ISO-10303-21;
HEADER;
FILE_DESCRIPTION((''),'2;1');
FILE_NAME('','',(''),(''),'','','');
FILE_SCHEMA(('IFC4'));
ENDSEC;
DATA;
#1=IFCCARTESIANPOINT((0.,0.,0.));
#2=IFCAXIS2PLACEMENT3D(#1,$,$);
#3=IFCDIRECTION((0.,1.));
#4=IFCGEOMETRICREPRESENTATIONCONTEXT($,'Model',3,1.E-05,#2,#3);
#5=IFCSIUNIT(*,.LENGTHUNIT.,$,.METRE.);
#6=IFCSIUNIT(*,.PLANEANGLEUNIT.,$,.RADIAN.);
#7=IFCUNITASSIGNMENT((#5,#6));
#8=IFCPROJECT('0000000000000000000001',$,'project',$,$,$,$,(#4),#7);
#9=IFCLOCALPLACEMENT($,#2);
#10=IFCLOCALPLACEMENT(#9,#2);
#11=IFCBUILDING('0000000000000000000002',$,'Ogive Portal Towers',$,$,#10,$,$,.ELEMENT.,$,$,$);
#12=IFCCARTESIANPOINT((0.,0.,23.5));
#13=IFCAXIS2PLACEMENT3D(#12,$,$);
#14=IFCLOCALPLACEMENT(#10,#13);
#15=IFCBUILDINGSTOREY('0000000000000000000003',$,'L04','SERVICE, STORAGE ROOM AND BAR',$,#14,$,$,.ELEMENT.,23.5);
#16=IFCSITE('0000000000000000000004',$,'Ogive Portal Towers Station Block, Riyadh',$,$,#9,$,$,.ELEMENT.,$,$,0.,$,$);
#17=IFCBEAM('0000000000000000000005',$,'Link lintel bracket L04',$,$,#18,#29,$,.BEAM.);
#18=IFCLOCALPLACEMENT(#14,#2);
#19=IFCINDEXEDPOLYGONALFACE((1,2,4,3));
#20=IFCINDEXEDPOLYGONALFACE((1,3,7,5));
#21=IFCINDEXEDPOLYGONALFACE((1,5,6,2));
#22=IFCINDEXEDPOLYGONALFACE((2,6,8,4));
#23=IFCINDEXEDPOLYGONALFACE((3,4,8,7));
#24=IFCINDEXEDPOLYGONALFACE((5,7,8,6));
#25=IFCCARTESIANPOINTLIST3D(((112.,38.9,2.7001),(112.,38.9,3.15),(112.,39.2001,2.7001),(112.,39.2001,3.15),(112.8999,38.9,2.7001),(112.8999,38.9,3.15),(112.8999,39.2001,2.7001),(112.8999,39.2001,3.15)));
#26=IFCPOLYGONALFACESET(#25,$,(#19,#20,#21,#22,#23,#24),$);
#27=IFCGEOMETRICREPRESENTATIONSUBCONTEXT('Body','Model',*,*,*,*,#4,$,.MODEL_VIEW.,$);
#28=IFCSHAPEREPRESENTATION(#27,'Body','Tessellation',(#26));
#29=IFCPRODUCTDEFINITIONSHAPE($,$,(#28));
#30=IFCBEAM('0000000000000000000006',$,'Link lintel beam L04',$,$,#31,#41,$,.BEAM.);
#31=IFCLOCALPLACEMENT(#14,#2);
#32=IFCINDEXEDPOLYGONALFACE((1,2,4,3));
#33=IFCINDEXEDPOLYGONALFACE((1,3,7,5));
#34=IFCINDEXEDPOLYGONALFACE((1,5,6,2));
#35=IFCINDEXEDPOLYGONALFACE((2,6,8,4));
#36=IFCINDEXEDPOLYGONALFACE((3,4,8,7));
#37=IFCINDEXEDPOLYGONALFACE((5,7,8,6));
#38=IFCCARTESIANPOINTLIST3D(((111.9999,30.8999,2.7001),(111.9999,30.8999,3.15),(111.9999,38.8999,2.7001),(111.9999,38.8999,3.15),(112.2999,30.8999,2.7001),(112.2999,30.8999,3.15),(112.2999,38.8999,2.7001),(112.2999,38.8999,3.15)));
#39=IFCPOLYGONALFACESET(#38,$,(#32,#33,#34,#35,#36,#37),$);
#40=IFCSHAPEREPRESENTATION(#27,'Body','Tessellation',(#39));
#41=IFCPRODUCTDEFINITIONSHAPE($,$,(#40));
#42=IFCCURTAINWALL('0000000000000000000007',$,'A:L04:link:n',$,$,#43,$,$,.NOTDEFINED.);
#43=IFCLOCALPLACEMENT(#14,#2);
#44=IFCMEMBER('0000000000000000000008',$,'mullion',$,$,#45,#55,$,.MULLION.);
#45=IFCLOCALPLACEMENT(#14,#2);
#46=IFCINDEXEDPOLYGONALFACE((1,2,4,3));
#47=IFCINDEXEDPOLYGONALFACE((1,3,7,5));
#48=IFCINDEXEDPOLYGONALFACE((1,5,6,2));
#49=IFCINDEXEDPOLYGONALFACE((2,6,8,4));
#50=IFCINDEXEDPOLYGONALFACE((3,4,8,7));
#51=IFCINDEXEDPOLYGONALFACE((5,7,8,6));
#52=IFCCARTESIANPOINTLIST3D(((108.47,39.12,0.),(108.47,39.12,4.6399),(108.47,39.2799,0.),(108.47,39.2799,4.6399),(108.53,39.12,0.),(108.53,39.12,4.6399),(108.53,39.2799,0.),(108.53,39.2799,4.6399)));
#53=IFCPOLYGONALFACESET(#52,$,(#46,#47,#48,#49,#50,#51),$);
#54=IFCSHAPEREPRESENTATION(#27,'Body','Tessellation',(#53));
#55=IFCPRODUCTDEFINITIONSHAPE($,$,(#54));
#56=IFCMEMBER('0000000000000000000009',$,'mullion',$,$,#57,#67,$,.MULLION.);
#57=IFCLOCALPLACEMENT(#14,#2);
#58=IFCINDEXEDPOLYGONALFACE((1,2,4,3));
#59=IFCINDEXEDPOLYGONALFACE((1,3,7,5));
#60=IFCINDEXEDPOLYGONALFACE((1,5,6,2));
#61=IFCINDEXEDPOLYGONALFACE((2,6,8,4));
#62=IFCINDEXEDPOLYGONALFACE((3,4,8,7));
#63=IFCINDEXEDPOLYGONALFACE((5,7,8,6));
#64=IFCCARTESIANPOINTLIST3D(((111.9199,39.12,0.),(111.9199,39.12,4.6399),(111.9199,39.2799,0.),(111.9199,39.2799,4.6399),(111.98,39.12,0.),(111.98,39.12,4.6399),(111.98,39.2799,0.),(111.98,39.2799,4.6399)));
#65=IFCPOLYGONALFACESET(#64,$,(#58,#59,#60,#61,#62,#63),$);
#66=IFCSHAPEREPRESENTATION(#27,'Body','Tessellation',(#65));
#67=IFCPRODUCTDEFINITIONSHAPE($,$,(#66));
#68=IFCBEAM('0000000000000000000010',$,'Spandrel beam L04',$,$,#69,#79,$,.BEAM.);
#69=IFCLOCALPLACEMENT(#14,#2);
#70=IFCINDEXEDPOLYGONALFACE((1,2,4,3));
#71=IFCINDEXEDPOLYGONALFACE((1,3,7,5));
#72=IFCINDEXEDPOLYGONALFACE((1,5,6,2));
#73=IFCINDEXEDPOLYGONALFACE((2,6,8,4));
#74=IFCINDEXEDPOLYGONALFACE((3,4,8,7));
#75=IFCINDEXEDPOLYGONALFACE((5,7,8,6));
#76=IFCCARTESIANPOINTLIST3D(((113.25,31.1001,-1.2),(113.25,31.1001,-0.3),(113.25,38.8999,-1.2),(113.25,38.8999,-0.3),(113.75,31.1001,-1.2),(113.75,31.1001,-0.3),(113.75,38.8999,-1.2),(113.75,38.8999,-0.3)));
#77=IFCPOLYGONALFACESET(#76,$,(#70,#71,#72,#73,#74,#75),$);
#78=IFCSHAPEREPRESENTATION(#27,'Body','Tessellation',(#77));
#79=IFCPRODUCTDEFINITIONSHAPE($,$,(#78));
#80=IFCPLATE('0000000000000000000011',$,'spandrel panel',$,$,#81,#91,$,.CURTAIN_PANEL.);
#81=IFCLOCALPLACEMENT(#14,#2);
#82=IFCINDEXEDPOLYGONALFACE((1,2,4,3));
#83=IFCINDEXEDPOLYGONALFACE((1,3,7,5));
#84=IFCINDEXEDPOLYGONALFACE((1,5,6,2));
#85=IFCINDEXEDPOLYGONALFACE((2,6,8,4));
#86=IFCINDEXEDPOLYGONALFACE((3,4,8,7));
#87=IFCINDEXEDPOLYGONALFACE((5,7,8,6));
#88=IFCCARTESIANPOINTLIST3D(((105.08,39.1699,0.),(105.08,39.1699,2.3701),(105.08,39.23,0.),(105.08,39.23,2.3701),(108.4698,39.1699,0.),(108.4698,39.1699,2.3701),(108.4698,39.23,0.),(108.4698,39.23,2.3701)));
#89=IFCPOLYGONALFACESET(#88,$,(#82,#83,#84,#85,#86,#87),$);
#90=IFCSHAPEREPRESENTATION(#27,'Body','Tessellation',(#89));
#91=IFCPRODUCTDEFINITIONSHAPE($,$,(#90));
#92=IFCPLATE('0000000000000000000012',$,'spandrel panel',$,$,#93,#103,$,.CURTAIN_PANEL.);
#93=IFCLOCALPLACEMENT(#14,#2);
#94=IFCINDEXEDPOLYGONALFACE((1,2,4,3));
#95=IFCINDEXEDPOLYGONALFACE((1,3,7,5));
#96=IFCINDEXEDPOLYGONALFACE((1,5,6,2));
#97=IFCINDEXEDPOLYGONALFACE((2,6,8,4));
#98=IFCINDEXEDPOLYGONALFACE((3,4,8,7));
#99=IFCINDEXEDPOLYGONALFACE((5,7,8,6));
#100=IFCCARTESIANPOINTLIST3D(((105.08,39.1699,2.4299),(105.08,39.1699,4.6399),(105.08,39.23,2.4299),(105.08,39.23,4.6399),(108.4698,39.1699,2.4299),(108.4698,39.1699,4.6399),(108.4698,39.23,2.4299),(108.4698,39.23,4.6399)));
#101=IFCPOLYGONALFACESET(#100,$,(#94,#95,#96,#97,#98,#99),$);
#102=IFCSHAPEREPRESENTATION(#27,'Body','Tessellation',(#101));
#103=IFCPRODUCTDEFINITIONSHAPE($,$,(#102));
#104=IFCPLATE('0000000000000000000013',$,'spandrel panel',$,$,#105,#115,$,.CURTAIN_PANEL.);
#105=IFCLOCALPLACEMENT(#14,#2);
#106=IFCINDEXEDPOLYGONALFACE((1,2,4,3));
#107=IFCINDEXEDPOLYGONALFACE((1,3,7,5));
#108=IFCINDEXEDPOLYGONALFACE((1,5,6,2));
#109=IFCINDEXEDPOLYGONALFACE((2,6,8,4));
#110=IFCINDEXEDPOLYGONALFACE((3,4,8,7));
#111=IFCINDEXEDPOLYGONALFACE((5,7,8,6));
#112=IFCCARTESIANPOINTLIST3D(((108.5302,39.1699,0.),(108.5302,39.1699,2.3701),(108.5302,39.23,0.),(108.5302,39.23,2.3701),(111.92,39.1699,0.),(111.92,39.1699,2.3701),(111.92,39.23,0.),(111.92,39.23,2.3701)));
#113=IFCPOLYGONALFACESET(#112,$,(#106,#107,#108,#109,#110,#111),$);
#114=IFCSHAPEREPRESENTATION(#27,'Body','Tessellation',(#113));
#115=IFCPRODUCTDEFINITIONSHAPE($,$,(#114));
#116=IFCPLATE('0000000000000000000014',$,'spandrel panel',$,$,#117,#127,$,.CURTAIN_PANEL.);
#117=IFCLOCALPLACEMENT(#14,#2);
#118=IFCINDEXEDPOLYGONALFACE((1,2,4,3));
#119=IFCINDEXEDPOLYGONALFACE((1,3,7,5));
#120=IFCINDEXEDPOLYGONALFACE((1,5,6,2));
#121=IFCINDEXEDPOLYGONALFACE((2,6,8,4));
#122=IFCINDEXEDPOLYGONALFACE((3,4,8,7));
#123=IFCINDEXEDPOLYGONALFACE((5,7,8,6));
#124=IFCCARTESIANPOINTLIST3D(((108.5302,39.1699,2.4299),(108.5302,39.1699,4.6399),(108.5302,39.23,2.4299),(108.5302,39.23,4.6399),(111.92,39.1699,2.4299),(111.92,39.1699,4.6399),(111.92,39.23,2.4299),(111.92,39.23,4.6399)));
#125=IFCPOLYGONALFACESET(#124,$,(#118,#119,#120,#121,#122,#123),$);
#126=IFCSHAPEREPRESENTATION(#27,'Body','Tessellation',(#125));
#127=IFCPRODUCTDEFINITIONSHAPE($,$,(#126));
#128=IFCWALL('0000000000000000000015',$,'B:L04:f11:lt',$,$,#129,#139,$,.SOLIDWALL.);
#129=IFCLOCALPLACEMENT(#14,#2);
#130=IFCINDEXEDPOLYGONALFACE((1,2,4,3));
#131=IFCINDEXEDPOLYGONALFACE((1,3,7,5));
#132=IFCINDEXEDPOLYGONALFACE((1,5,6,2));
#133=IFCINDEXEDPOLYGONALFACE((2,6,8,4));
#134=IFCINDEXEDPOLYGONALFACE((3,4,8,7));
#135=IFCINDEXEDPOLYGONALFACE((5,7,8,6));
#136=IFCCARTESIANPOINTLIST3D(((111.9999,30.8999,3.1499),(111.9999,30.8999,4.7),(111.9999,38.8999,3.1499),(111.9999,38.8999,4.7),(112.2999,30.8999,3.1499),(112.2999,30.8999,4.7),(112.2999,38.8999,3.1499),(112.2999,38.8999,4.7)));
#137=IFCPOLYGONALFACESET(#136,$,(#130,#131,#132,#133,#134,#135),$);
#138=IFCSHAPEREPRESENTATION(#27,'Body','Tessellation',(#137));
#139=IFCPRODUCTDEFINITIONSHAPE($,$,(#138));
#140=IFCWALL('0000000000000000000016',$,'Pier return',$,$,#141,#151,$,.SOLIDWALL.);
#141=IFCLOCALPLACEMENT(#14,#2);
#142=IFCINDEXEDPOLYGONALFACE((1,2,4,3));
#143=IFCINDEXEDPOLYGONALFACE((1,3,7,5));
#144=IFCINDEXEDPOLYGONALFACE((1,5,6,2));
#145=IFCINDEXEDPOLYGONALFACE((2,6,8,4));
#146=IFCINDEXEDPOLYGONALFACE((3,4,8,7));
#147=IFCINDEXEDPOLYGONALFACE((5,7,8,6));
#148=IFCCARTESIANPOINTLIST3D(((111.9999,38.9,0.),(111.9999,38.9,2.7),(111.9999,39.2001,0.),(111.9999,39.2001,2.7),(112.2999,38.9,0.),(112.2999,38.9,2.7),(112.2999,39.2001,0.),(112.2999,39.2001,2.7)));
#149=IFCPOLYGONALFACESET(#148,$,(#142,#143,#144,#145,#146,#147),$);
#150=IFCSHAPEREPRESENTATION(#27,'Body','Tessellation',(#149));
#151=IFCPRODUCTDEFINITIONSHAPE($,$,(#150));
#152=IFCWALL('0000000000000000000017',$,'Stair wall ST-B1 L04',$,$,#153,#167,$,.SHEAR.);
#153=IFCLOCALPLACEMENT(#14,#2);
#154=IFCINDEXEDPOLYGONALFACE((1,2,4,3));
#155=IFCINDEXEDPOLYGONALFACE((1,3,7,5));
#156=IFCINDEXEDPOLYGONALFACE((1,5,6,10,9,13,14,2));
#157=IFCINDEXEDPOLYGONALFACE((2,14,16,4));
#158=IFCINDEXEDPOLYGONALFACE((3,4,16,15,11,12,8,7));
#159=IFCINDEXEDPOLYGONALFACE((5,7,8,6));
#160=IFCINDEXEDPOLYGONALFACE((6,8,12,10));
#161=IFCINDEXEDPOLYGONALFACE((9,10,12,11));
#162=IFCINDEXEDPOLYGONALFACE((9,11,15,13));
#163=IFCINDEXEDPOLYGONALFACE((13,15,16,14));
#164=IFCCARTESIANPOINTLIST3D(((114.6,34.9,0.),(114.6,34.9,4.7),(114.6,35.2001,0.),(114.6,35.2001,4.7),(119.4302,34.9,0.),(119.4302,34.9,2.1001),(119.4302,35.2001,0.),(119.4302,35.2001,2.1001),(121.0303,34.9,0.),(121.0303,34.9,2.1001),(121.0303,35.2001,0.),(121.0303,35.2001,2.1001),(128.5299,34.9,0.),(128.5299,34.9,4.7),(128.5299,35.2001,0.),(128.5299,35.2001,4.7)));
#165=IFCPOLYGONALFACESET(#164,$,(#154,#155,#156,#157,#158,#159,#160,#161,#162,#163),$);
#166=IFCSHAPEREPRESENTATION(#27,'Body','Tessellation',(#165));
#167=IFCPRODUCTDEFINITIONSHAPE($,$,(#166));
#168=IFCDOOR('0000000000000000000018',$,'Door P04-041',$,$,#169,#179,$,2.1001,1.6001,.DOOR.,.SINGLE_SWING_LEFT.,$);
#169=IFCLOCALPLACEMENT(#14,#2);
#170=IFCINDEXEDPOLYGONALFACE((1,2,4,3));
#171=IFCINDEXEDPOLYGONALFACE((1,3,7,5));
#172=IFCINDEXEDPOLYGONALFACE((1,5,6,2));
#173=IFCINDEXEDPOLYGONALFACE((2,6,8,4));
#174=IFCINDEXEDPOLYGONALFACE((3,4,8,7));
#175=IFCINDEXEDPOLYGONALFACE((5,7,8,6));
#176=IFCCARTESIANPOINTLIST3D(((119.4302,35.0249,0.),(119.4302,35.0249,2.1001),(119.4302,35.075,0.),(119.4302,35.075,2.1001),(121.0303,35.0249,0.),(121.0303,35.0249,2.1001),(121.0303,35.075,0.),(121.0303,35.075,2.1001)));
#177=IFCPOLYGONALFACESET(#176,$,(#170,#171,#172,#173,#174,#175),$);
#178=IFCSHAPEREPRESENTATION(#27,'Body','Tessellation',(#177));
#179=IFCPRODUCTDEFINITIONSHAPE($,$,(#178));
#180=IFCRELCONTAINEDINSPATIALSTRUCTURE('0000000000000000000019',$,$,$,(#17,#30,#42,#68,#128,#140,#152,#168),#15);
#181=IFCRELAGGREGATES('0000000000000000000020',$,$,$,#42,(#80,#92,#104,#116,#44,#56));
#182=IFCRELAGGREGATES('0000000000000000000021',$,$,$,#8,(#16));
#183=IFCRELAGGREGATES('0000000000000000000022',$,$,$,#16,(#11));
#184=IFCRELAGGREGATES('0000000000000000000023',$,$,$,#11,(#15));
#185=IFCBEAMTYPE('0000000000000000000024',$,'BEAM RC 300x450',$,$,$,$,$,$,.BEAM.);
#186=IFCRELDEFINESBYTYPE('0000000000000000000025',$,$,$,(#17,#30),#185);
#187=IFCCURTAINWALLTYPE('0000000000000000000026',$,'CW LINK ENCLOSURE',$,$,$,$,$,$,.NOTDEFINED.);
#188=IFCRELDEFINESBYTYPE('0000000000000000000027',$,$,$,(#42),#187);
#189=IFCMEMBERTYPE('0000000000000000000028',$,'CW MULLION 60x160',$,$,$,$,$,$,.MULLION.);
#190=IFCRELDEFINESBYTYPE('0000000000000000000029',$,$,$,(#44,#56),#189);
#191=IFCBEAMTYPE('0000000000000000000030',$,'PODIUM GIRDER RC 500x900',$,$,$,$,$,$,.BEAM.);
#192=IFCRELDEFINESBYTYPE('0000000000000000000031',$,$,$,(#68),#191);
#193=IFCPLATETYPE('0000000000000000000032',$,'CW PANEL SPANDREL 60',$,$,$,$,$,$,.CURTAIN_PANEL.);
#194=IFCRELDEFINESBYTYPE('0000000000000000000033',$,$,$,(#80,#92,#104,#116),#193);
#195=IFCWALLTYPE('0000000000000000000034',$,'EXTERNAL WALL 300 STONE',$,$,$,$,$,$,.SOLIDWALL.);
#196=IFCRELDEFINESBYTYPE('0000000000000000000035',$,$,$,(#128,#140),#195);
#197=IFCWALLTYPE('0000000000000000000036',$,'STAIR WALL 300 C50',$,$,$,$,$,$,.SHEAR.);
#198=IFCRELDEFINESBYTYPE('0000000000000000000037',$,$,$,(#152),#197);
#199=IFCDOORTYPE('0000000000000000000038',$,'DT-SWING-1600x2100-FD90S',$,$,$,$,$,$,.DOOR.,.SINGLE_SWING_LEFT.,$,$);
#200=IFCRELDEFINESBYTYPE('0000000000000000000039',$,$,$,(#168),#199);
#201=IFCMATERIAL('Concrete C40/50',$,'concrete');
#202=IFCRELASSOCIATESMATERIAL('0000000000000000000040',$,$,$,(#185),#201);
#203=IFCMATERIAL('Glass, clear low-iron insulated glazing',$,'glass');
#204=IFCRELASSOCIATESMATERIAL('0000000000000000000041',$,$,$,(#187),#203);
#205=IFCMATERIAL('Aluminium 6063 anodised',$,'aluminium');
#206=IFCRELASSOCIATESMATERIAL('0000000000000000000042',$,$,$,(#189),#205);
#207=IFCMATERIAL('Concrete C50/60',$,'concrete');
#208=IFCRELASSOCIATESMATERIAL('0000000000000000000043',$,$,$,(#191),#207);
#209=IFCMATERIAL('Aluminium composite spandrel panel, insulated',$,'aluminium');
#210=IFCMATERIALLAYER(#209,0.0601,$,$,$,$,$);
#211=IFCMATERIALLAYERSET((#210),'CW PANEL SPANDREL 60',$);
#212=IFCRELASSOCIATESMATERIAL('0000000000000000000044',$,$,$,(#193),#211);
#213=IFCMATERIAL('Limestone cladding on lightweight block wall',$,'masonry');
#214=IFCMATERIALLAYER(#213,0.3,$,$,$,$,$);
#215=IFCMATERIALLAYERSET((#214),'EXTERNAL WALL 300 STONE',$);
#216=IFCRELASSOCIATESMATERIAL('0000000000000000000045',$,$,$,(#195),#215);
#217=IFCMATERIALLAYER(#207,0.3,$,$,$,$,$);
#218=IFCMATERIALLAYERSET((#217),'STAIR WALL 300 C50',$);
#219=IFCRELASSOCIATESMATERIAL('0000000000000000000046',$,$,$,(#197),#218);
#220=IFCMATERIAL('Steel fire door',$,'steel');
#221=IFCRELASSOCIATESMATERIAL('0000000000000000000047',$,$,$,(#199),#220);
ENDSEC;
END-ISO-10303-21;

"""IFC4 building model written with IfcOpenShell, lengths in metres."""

from ifc_helpers import new_model, si_unit, direction, frame, frame_2d, origin, origin_2d, place, context, subcontext, project, spatial, rectangle, extrude, material, layer, layer_set, material_profile, profile_set, type_object, element, fill, aggregate, save


model = new_model("IFC4")

# Units and contexts
model_context = context("Model", 3, precision=1e-05, world=origin(), true_north=direction((0.0, 1.0)))
body_context = subcontext(model_context, "Body", "Model", "MODEL_VIEW")
ifc_project = project(units=[si_unit("LENGTHUNIT", "METRE"), si_unit("PLANEANGLEUNIT", "RADIAN")], contexts=[model_context])

# Site, building, storey
site_placement = place(None, origin())
site = spatial("IfcSite", under=ifc_project, at=site_placement, Name="Ogive Portal Towers Station Block, Riyadh", CompositionType="ELEMENT", RefElevation=0.0)
building_placement = place(site_placement, origin())
building = spatial("IfcBuilding", under=site, at=building_placement, Name="Ogive Portal Towers", CompositionType="ELEMENT")
storey_placement = place(building_placement, frame((0.0, 0.0, 23.5)))
storey = spatial("IfcBuildingStorey", under=building, at=storey_placement, Name="L04", Description="SERVICE, STORAGE ROOM AND BAR", CompositionType="ELEMENT", Elevation=23.5)

# Beams
ifc_material_1 = material(Name="Concrete C40/50", Category="concrete")
ifc_material_profile_1 = material_profile(ifc_material_1, rectangle(XDim=0.3, YDim=0.45, at=origin_2d()), Name="RC 300x450")
ifc_profile_set_1 = profile_set([ifc_material_profile_1], Name="Concrete C40/50")
beam_type_1 = type_object("IfcBeamType", Name="BEAM RC 300x450", PredefinedType="BEAM", material=ifc_profile_set_1)
beam_1_placement = place(storey_placement, frame((112.8999, 39.05, 2.925), z_axis=(-1.0, 0.0, 0.0), x_axis=(0.0, -1.0, 0.0)))
element("IfcBeam", 1, at=beam_1_placement, inside=storey, type_object=beam_type_1, Name="Link lintel bracket L04", PredefinedType="BEAM", context=body_context, shape_type="SweptSolid", body=[
    extrude(rectangle(XDim=0.3, YDim=0.45, at=origin_2d()), origin(), (0.0, 0.0, 1.0), 0.8999),
])
beam_2_placement = place(storey_placement, frame((112.1499, 38.8999, 2.925), z_axis=(0.0, -1.0, 0.0), x_axis=(1.0, 0.0, 0.0)))
element("IfcBeam", 2, at=beam_2_placement, inside=storey, type_object=beam_type_1, Name="Link lintel beam L04", PredefinedType="BEAM", context=body_context, shape_type="SweptSolid", body=[
    extrude(rectangle(XDim=0.3, YDim=0.45, at=origin_2d()), origin(), (0.0, 0.0, 1.0), 8.0),
])

# Curtain wall, members
ifc_material_2 = material(Name="Glass, clear low-iron insulated glazing", Category="glass")
curtain_wall_type = type_object("IfcCurtainWallType", Name="CW LINK ENCLOSURE", PredefinedType="NOTDEFINED", material=ifc_material_2)
curtain_wall_placement = place(storey_placement, origin())
curtain_wall = element("IfcCurtainWall", 3, at=curtain_wall_placement, inside=storey, type_object=curtain_wall_type, Name="A:L04:link:n", PredefinedType="NOTDEFINED")
ifc_material_3 = material(Name="Aluminium 6063 anodised", Category="aluminium")
ifc_material_profile_2 = material_profile(ifc_material_3, rectangle(XDim=0.1599, YDim=0.0601, at=origin_2d()), Name="AL 60x160")
ifc_profile_set_2 = profile_set([ifc_material_profile_2], Name="Aluminium 6063 anodised")
member_type = type_object("IfcMemberType", Name="CW MULLION 60x160", PredefinedType="MULLION", material=ifc_profile_set_2)
member_1_placement = place(storey_placement, frame((108.5, 39.2, 0.0), z_axis=(0.0, 0.0, 1.0), x_axis=(0.0, 1.0, 0.0)))
member_1 = element("IfcMember", 4, at=member_1_placement, type_object=member_type, Name="mullion", PredefinedType="MULLION", context=body_context, shape_type="SweptSolid", body=[
    extrude(rectangle(XDim=0.1599, YDim=0.0601, at=origin_2d()), origin(), (0.0, 0.0, 1.0), 4.6399),
])
member_2_placement = place(storey_placement, frame((111.95, 39.2, 0.0), z_axis=(0.0, 0.0, 1.0), x_axis=(0.0, 1.0, 0.0)))
member_2 = element("IfcMember", 5, at=member_2_placement, type_object=member_type, Name="mullion", PredefinedType="MULLION", context=body_context, shape_type="SweptSolid", body=[
    extrude(rectangle(XDim=0.1599, YDim=0.0601, at=origin_2d()), origin(), (0.0, 0.0, 1.0), 4.6399),
])

# Beam
ifc_material_4 = material(Name="Concrete C50/60", Category="concrete")
ifc_material_profile_3 = material_profile(ifc_material_4, rectangle(XDim=0.5, YDim=0.8999, at=origin_2d()), Name="RC 500x900")
ifc_profile_set_3 = profile_set([ifc_material_profile_3], Name="Concrete C50/60")
beam_type_2 = type_object("IfcBeamType", Name="PODIUM GIRDER RC 500x900", PredefinedType="BEAM", material=ifc_profile_set_3)
beam_3_placement = place(storey_placement, frame((113.5, 38.8999, -0.75), z_axis=(0.0, -1.0, 0.0), x_axis=(1.0, 0.0, 0.0)))
element("IfcBeam", 6, at=beam_3_placement, inside=storey, type_object=beam_type_2, Name="Spandrel beam L04", PredefinedType="BEAM", context=body_context, shape_type="SweptSolid", body=[
    extrude(rectangle(XDim=0.5, YDim=0.8999, at=origin_2d()), origin(), (0.0, 0.0, 1.0), 7.7998),
])

# Plates
ifc_material_5 = material(Name="Aluminium composite spandrel panel, insulated", Category="aluminium")
ifc_layer_1 = layer(ifc_material_5, 0.0601)
ifc_layer_set_1 = layer_set([ifc_layer_1], Name="CW PANEL SPANDREL 60")
plate_type = type_object("IfcPlateType", Name="CW PANEL SPANDREL 60", PredefinedType="CURTAIN_PANEL", material=ifc_layer_set_1)
plate_1_placement = place(storey_placement, frame((106.7749, 39.2, 0.0), z_axis=(0.0, 0.0, 1.0), x_axis=(1.0, 0.0, 0.0)))
plate_1 = element("IfcPlate", 7, at=plate_1_placement, type_object=plate_type, Name="spandrel panel", PredefinedType="CURTAIN_PANEL", context=body_context, shape_type="SweptSolid", body=[
    extrude(rectangle(XDim=3.3899, YDim=0.0601, at=origin_2d()), origin(), (0.0, 0.0, 1.0), 2.3701),
])
plate_2_placement = place(storey_placement, frame((106.7749, 39.2, 2.4299), z_axis=(0.0, 0.0, 1.0), x_axis=(1.0, 0.0, 0.0)))
plate_2 = element("IfcPlate", 8, at=plate_2_placement, type_object=plate_type, Name="spandrel panel", PredefinedType="CURTAIN_PANEL", context=body_context, shape_type="SweptSolid", body=[
    extrude(rectangle(XDim=3.3899, YDim=0.0601, at=origin_2d()), origin(), (0.0, 0.0, 1.0), 2.21),
])
plate_3_placement = place(storey_placement, frame((110.2251, 39.2, 0.0), z_axis=(0.0, 0.0, 1.0), x_axis=(1.0, 0.0, 0.0)))
plate_3 = element("IfcPlate", 9, at=plate_3_placement, type_object=plate_type, Name="spandrel panel", PredefinedType="CURTAIN_PANEL", context=body_context, shape_type="SweptSolid", body=[
    extrude(rectangle(XDim=3.3899, YDim=0.0601, at=origin_2d()), origin(), (0.0, 0.0, 1.0), 2.3701),
])
plate_4_placement = place(storey_placement, frame((110.2251, 39.2, 2.4299), z_axis=(0.0, 0.0, 1.0), x_axis=(1.0, 0.0, 0.0)))
plate_4 = element("IfcPlate", 10, at=plate_4_placement, type_object=plate_type, Name="spandrel panel", PredefinedType="CURTAIN_PANEL", context=body_context, shape_type="SweptSolid", body=[
    extrude(rectangle(XDim=3.3899, YDim=0.0601, at=origin_2d()), origin(), (0.0, 0.0, 1.0), 2.21),
])
aggregate(curtain_wall, [plate_1, plate_2, plate_3, plate_4, member_1, member_2])

# Walls
ifc_material_6 = material(Name="Limestone cladding on lightweight block wall", Category="masonry")
ifc_layer_2 = layer(ifc_material_6, 0.3)
ifc_layer_set_2 = layer_set([ifc_layer_2], Name="EXTERNAL WALL 300 STONE")
wall_type_1 = type_object("IfcWallType", Name="EXTERNAL WALL 300 STONE", PredefinedType="SOLIDWALL", material=ifc_layer_set_2)
wall_1_placement = place(storey_placement, frame((112.1499, 38.8999, 3.1499), z_axis=(0.0, 0.0, 1.0), x_axis=(0.0, -1.0, 0.0)))
element("IfcWall", 11, at=wall_1_placement, inside=storey, type_object=wall_type_1, Name="B:L04:f11:lt", PredefinedType="SOLIDWALL", context=body_context, shape_type="SweptSolid", body=[
    extrude(rectangle(XDim=8.0, YDim=0.3, at=frame_2d((4.0, 0.0))), origin(), (0.0, 0.0, 1.0), 1.55),
])
wall_2_placement = place(storey_placement, frame((112.1499, 39.2, 0.0), z_axis=(0.0, 0.0, 1.0), x_axis=(0.0, -1.0, 0.0)))
element("IfcWall", 12, at=wall_2_placement, inside=storey, type_object=wall_type_1, Name="Pier return", PredefinedType="SOLIDWALL", context=body_context, shape_type="SweptSolid", body=[
    extrude(rectangle(XDim=0.3, YDim=0.3, at=frame_2d((0.1499, 0.0))), origin(), (0.0, 0.0, 1.0), 2.7),
])

# Wall, opening, door
ifc_layer_3 = layer(ifc_material_4, 0.3)
ifc_layer_set_3 = layer_set([ifc_layer_3], Name="STAIR WALL 300 C50")
wall_type_2 = type_object("IfcWallType", Name="STAIR WALL 300 C50", PredefinedType="SHEAR", material=ifc_layer_set_3)
wall_3_placement = place(storey_placement, frame((114.6001, 35.05, 0.0), z_axis=(0.0, 0.0, 1.0), x_axis=(1.0, 0.0, 0.0)))
wall_3 = element("IfcWall", 13, at=wall_3_placement, inside=storey, type_object=wall_type_2, Name="Stair wall ST-B1 L04", PredefinedType="SHEAR", context=body_context, shape_type="SweptSolid", body=[
    extrude(rectangle(XDim=13.9299, YDim=0.3, at=frame_2d((6.9648, 0.0))), origin(), (0.0, 0.0, 1.0), 4.7),
])
opening_1_placement = place(wall_3_placement, frame((4.8301, 0.0, 0.0)))
opening_1 = element("IfcOpeningElement", 14, at=opening_1_placement, cuts=wall_3, PredefinedType="OPENING", context=body_context, shape_type="SweptSolid", body=[
    extrude(rectangle(XDim=1.6001, YDim=2.1001, at=frame_2d((0.8, 1.05))), frame((0.0, 0.1602, 0.0), z_axis=(0.0, -1.0, 0.0), x_axis=(1.0, 0.0, 0.0)), (0.0, 0.0, 1.0), 0.3201),
])
ifc_material_7 = material(Name="Steel fire door", Category="steel")
door_type_1 = type_object("IfcDoorType", Name="DT-SWING-1600x2100-FD90S", OperationType="SINGLE_SWING_LEFT", PredefinedType="DOOR", material=ifc_material_7)
door_1_placement = place(opening_1_placement, origin())
door_1 = element("IfcDoor", 15, at=door_1_placement, inside=storey, type_object=door_type_1, Name="Door P04-041", OperationType="SINGLE_SWING_LEFT", OverallHeight=2.1001, OverallWidth=1.6001, PredefinedType="DOOR", context=body_context, shape_type="SweptSolid", body=[
    extrude(rectangle(XDim=1.6001, YDim=2.1001, at=frame_2d((0.8, 1.05))), frame((0.0, 0.0249, 0.0), z_axis=(0.0, -1.0, 0.0), x_axis=(1.0, 0.0, 0.0)), (0.0, 0.0, 1.0), 0.05),
])
fill(opening_1, door_1)

save(model, "model.ifc")
